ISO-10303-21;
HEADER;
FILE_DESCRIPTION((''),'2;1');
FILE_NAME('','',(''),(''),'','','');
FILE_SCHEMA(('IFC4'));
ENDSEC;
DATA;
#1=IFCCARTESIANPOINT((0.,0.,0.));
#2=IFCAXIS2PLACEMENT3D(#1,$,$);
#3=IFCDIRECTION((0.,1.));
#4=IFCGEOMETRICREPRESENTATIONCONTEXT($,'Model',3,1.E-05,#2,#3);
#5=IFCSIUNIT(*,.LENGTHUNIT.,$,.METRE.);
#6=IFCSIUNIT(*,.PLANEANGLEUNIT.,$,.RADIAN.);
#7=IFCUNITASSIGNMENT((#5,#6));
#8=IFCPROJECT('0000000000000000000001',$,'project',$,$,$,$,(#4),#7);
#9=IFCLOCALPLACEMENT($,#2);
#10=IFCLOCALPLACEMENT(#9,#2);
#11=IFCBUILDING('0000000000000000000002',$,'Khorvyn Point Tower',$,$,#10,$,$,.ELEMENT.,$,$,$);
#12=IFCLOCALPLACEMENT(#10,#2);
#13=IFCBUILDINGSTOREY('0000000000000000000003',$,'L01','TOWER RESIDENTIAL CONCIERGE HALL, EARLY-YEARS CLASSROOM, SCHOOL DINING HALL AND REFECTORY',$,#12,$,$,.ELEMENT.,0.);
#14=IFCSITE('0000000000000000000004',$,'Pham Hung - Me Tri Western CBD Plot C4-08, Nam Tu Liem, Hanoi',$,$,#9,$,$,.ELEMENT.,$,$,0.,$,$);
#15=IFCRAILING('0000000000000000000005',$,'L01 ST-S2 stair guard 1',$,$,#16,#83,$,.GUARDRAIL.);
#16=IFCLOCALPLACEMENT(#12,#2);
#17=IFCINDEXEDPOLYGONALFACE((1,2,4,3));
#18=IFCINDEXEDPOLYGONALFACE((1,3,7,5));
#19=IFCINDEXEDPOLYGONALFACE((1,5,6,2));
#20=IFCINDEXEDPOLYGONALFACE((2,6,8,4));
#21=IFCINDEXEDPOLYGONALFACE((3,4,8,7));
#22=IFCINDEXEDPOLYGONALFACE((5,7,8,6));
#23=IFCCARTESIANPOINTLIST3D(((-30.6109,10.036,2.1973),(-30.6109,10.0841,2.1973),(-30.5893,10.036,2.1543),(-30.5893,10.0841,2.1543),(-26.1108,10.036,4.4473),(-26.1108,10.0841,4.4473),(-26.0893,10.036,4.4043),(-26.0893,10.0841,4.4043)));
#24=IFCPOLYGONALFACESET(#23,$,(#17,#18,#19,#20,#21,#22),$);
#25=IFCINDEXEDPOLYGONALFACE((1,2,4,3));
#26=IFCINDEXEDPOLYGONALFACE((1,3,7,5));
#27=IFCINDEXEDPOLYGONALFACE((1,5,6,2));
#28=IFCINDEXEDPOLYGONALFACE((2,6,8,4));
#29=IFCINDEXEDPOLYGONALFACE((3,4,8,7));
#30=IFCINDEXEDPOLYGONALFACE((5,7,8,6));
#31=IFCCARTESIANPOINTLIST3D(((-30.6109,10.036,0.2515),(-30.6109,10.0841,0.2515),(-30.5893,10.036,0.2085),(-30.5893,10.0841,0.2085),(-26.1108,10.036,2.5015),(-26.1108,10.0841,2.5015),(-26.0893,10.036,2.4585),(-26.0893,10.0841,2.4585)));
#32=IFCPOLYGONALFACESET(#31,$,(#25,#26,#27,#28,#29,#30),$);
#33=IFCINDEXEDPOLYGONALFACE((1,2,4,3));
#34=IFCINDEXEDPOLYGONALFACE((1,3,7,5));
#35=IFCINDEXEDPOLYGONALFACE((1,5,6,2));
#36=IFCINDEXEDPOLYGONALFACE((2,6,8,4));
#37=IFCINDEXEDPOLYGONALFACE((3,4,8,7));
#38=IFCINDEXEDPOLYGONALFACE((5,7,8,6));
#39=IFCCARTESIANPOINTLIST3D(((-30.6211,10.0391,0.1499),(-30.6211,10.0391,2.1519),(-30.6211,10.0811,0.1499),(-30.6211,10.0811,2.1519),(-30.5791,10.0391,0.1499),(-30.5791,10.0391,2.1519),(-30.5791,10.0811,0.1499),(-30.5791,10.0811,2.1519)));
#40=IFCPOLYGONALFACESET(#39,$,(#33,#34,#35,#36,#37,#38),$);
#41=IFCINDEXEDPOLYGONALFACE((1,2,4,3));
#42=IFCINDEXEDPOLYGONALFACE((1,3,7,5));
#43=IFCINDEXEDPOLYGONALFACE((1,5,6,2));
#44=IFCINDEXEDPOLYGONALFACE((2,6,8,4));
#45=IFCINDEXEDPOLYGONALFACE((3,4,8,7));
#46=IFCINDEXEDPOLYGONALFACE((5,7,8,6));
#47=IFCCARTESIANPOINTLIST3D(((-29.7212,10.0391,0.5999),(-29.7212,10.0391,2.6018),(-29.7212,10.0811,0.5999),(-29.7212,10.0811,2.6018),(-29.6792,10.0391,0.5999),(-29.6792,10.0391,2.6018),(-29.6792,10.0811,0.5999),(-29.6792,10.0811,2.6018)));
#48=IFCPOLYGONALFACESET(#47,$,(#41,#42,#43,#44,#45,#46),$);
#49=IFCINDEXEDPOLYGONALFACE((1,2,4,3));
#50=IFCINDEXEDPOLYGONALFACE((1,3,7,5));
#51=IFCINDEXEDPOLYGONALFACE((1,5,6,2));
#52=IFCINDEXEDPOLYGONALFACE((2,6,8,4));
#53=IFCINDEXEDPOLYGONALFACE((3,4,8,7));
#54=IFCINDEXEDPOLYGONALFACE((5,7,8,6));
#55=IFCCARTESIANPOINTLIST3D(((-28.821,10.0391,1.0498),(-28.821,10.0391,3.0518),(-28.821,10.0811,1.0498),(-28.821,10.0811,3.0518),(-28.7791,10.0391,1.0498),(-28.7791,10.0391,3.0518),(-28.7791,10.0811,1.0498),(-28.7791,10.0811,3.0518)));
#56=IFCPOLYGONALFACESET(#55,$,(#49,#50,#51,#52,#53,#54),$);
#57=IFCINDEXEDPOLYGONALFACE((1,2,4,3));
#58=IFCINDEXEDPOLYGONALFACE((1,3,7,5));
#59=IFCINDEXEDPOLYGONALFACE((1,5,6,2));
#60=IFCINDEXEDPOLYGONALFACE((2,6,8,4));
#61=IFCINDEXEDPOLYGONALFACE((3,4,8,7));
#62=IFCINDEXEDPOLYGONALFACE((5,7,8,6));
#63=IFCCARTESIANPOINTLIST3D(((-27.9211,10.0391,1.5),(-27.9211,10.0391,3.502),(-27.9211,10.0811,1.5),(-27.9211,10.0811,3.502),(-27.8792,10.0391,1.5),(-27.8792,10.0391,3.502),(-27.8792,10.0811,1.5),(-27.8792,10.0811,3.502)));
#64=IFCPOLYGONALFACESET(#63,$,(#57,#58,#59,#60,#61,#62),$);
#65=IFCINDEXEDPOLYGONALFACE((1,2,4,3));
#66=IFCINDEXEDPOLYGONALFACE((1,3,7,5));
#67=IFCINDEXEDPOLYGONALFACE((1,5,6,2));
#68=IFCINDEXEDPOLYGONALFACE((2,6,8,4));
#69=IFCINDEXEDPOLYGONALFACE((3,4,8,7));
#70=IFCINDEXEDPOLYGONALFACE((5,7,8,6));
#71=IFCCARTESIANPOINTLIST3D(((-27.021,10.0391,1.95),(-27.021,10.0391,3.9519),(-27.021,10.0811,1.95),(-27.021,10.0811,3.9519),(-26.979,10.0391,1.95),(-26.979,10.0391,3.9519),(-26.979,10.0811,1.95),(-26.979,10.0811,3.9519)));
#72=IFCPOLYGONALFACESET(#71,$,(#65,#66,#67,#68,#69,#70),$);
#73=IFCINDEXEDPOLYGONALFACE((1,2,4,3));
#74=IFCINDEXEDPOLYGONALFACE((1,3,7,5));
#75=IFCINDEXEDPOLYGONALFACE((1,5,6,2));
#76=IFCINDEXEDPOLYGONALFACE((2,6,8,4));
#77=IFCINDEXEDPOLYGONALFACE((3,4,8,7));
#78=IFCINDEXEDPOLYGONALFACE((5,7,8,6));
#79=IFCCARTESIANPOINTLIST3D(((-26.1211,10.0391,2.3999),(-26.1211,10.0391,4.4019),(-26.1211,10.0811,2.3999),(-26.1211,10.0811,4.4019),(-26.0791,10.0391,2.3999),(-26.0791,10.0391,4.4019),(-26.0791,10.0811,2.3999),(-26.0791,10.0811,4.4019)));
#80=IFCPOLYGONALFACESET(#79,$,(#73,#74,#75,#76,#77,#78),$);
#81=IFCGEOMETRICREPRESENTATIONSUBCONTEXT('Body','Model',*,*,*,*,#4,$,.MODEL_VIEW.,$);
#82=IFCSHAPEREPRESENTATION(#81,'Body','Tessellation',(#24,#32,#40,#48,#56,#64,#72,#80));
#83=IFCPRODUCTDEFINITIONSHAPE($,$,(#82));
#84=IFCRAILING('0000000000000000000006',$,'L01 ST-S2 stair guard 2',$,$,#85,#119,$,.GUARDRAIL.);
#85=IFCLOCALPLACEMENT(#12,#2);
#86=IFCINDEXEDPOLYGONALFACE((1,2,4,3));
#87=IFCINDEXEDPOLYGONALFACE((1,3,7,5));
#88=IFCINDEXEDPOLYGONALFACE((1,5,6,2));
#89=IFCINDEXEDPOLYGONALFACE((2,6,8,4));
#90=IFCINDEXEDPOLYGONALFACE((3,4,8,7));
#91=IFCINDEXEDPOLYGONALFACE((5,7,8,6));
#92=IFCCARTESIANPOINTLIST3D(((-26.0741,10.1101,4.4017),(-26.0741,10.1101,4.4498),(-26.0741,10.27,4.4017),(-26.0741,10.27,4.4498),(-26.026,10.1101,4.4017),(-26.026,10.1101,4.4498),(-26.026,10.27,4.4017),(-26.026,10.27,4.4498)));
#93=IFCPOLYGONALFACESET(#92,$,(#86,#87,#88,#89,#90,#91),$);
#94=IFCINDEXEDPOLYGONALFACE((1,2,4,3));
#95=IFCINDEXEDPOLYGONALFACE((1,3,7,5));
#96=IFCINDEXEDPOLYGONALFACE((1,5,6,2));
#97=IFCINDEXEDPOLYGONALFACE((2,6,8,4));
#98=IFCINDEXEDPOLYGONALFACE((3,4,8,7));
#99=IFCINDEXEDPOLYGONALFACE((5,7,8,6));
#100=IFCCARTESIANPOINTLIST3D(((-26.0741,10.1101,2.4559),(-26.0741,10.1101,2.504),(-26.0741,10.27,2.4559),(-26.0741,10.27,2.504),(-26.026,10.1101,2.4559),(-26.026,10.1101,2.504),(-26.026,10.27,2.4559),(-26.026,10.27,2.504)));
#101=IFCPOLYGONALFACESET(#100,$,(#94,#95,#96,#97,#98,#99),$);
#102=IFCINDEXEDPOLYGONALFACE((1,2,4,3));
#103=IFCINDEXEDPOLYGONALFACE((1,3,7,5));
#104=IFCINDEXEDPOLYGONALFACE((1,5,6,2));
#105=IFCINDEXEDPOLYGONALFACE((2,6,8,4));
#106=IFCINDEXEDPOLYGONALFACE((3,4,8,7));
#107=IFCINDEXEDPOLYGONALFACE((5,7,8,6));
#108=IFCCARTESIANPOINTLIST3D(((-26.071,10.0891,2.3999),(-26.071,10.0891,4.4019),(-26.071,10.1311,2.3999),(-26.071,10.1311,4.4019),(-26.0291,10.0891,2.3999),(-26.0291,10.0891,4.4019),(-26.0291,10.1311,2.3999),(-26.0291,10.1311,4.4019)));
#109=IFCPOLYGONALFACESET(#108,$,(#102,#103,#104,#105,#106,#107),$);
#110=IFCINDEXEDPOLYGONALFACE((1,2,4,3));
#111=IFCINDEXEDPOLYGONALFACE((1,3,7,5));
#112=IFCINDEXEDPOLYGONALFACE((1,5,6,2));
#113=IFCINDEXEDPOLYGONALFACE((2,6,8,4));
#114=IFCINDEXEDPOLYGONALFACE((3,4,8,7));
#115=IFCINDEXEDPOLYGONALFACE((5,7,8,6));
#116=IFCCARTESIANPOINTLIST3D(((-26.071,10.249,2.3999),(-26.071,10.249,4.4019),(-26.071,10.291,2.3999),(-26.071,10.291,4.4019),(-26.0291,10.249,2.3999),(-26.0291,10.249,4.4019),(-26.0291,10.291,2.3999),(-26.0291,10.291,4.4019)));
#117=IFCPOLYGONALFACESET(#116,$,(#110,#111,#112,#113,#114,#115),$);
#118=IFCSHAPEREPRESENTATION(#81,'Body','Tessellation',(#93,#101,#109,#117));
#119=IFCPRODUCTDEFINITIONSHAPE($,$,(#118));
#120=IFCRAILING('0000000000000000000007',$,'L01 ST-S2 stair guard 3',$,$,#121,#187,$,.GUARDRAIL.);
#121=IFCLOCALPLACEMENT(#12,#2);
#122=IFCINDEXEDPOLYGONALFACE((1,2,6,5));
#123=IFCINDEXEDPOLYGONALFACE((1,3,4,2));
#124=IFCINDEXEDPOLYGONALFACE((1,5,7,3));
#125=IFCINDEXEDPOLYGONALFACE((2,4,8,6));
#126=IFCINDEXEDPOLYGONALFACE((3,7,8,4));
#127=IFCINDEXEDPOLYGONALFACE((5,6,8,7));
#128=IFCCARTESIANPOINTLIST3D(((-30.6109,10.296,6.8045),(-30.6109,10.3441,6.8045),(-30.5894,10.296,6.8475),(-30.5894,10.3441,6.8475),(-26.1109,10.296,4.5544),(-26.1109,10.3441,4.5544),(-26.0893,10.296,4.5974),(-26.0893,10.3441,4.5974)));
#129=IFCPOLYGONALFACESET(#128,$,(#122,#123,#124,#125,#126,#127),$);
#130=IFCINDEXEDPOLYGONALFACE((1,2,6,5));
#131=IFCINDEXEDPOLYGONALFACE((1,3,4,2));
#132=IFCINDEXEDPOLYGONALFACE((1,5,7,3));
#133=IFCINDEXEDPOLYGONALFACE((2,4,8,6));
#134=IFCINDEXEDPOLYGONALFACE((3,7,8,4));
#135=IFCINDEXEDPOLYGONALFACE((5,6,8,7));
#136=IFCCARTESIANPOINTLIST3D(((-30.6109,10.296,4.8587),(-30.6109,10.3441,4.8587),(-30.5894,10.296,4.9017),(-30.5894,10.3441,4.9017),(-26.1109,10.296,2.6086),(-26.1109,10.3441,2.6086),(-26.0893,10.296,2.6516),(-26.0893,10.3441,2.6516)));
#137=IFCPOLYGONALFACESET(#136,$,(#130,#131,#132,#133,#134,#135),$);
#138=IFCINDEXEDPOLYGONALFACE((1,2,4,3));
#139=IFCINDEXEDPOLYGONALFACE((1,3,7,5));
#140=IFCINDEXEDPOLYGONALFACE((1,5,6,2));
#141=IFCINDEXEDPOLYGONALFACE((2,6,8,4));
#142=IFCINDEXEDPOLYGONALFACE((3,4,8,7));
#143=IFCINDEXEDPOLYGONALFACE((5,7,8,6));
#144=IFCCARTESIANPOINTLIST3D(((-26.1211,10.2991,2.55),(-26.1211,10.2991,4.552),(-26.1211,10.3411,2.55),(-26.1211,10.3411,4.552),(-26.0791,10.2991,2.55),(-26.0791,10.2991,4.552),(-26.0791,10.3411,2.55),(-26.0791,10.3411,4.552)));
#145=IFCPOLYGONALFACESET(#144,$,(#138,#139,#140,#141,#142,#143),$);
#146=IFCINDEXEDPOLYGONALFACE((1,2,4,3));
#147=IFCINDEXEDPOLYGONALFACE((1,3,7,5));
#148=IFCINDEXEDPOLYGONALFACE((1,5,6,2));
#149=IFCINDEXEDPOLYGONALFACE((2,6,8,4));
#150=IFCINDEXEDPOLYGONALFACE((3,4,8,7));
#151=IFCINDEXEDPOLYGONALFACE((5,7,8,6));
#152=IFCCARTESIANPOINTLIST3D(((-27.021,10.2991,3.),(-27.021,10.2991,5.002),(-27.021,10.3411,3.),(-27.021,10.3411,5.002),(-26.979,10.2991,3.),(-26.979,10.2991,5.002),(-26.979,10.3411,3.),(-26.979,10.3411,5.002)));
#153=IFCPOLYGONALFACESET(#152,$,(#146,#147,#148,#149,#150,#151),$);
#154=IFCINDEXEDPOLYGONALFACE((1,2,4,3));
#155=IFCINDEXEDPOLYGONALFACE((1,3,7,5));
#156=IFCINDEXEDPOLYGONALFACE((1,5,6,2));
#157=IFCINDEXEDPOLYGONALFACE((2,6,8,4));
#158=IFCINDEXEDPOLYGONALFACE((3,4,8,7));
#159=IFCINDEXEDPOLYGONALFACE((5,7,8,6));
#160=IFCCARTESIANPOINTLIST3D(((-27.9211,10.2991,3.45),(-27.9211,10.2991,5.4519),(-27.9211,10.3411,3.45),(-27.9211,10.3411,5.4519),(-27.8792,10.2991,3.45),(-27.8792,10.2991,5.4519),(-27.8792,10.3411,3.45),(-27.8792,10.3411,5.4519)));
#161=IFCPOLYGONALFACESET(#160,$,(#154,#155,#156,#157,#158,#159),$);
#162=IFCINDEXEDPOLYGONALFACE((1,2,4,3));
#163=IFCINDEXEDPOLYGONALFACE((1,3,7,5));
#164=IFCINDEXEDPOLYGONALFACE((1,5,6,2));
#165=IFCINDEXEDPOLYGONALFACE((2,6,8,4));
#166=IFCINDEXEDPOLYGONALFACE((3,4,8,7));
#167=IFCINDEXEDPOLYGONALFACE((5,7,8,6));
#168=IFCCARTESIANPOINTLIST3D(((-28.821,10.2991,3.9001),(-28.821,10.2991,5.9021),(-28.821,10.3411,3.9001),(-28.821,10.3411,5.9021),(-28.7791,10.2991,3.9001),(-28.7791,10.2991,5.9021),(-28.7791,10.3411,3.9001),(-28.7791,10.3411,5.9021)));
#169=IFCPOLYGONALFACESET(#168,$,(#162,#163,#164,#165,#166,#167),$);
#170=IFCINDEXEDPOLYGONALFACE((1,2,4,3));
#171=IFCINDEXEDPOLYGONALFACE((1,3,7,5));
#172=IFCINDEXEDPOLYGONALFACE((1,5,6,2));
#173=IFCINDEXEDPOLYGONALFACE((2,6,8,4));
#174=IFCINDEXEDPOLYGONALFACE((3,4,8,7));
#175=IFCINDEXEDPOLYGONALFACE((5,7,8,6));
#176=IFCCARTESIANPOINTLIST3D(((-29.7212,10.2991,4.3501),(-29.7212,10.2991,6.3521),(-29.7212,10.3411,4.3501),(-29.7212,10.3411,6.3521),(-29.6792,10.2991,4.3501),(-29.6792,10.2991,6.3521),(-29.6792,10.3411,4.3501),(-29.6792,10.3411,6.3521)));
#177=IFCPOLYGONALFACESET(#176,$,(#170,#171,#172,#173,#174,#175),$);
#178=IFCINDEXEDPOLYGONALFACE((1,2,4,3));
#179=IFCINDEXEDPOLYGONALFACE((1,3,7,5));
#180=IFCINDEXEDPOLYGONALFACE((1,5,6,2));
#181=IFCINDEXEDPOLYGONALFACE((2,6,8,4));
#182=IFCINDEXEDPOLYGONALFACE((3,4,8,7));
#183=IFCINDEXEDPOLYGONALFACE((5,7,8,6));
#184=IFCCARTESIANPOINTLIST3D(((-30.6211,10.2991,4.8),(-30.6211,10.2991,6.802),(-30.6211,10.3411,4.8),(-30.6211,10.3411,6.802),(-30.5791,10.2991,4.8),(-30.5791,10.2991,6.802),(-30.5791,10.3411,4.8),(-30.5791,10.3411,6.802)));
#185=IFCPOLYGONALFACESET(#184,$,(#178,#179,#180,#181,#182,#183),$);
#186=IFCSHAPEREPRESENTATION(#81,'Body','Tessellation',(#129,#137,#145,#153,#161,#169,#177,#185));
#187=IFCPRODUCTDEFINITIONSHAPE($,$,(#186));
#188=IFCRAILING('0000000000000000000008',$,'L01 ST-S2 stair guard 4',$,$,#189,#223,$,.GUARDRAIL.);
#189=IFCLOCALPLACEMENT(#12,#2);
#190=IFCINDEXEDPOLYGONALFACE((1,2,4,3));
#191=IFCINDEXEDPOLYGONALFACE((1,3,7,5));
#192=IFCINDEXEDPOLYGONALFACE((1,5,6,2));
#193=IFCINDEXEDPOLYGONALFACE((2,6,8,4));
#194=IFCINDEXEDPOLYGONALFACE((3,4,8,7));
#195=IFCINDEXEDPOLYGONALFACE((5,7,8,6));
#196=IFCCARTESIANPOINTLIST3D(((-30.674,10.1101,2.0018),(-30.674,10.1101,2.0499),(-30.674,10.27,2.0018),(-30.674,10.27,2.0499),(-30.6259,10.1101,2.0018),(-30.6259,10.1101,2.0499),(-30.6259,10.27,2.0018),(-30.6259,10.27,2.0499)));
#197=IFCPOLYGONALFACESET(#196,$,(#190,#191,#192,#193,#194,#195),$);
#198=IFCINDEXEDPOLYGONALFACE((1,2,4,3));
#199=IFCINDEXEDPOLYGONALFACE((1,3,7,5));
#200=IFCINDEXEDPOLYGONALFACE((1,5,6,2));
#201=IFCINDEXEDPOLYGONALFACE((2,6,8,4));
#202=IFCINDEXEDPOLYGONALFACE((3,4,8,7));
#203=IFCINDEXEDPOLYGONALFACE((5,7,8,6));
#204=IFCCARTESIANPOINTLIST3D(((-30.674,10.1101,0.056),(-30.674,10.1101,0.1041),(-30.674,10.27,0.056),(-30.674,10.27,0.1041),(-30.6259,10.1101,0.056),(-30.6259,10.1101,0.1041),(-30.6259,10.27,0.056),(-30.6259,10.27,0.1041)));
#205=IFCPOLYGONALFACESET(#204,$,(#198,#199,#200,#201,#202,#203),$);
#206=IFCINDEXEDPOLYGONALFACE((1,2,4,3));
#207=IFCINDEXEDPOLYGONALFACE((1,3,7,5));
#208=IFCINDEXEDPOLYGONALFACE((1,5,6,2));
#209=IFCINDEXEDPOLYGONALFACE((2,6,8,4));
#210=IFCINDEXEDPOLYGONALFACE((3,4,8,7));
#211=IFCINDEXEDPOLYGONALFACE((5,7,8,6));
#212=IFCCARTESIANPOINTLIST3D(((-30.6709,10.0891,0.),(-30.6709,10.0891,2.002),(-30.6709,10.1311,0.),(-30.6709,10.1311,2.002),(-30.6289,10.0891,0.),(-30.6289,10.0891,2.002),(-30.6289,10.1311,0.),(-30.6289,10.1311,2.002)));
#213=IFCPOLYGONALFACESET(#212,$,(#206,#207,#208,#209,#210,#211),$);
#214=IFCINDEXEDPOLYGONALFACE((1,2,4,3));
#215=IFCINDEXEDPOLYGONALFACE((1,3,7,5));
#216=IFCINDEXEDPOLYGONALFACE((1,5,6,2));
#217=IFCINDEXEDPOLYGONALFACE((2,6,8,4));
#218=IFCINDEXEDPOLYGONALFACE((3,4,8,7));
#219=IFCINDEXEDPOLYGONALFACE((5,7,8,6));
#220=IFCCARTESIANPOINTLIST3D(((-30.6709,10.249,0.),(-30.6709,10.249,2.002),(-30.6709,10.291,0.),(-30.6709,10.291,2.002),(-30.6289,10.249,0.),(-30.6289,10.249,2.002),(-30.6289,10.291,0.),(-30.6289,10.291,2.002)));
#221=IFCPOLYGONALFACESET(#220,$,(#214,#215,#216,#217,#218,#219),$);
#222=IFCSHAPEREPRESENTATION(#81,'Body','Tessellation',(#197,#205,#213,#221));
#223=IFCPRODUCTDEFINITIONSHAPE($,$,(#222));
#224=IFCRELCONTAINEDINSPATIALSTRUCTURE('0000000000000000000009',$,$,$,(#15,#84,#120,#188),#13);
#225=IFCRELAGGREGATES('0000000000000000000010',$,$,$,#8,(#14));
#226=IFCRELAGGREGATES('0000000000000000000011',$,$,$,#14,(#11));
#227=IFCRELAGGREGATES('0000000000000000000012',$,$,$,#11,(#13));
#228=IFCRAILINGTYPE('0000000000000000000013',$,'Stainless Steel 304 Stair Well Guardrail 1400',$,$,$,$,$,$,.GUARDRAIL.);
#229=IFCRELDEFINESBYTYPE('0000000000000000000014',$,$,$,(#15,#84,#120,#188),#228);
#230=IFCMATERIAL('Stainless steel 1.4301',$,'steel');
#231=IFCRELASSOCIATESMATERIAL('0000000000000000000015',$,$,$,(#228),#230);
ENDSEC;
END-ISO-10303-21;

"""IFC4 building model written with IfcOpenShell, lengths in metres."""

from ifc_helpers import new_model, si_unit, direction, frame, origin, origin_2d, place, context, subcontext, project, spatial, rectangle, extrude, material, type_object, element, save


model = new_model("IFC4")

# Units and contexts
model_context = context("Model", 3, precision=1e-05, world=origin(), true_north=direction((0.0, 1.0)))
body_context = subcontext(model_context, "Body", "Model", "MODEL_VIEW")
ifc_project = project(units=[si_unit("LENGTHUNIT", "METRE"), si_unit("PLANEANGLEUNIT", "RADIAN")], contexts=[model_context])

# Site, building, storey
site_placement = place(None, origin())
site = spatial("IfcSite", under=ifc_project, at=site_placement, Name="Pham Hung - Me Tri Western CBD Plot C4-08, Nam Tu Liem, Hanoi", CompositionType="ELEMENT", RefElevation=0.0)
building_placement = place(site_placement, origin())
building = spatial("IfcBuilding", under=site, at=building_placement, Name="Khorvyn Point Tower", CompositionType="ELEMENT")
storey_placement = place(building_placement, origin())
storey = spatial("IfcBuildingStorey", under=building, at=storey_placement, Name="L01", Description="TOWER RESIDENTIAL CONCIERGE HALL, EARLY-YEARS CLASSROOM, SCHOOL DINING HALL AND REFECTORY", CompositionType="ELEMENT", Elevation=0.0)

# Railings
ifc_material_1 = material(Name="Stainless steel 1.4301", Category="steel")
railing_type_1 = type_object("IfcRailingType", Name="Stainless Steel 304 Stair Well Guardrail 1400", PredefinedType="GUARDRAIL", material=ifc_material_1)
railing_1_placement = place(storey_placement, frame((-30.6001, 10.0601, 0.1499)))
element("IfcRailing", 1, at=railing_1_placement, inside=storey, type_object=railing_type_1, Name="L01 ST-S2 stair guard 1", PredefinedType="GUARDRAIL", context=body_context, shape_type="SweptSolid", body=[
    extrude(rectangle(XDim=0.0481, YDim=0.0481, at=origin_2d()), frame((0.0, 0.0, 2.0259), z_axis=(0.894427, 0.0, 0.447214), x_axis=(0.0, 1.0, 0.0)), (0.0, 0.0, 1.0), 5.0312),
    extrude(rectangle(XDim=0.0481, YDim=0.0481, at=origin_2d()), frame((0.0, 0.0, 0.0801), z_axis=(0.894427, 0.0, 0.447214), x_axis=(0.0, 1.0, 0.0)), (0.0, 0.0, 1.0), 5.0312),
    extrude(rectangle(XDim=0.042, YDim=0.042, at=origin_2d()), origin(), (0.0, 0.0, 1.0), 2.002),
    extrude(rectangle(XDim=0.042, YDim=0.042, at=origin_2d()), frame((0.8999, 0.0, 0.45)), (0.0, 0.0, 1.0), 2.002),
    extrude(rectangle(XDim=0.042, YDim=0.042, at=origin_2d()), frame((1.8, 0.0, 0.8999)), (0.0, 0.0, 1.0), 2.002),
    extrude(rectangle(XDim=0.042, YDim=0.042, at=origin_2d()), frame((2.7, 0.0, 1.3501)), (0.0, 0.0, 1.0), 2.002),
    extrude(rectangle(XDim=0.042, YDim=0.042, at=origin_2d()), frame((3.6001, 0.0, 1.8)), (0.0, 0.0, 1.0), 2.002),
    extrude(rectangle(XDim=0.042, YDim=0.042, at=origin_2d()), frame((4.5, 0.0, 2.25)), (0.0, 0.0, 1.0), 2.002),
])
railing_2_placement = place(storey_placement, frame((-26.05, 10.1101, 2.3999)))
element("IfcRailing", 2, at=railing_2_placement, inside=storey, type_object=railing_type_1, Name="L01 ST-S2 stair guard 2", PredefinedType="GUARDRAIL", context=body_context, shape_type="SweptSolid", body=[
    extrude(rectangle(XDim=0.0481, YDim=0.0481, at=origin_2d()), frame((0.0, 0.0, 2.0259), z_axis=(0.0, 1.0, 0.0), x_axis=(-1.0, 0.0, 0.0)), (0.0, 0.0, 1.0), 0.1599),
    extrude(rectangle(XDim=0.0481, YDim=0.0481, at=origin_2d()), frame((0.0, 0.0, 0.0801), z_axis=(0.0, 1.0, 0.0), x_axis=(-1.0, 0.0, 0.0)), (0.0, 0.0, 1.0), 0.1599),
    extrude(rectangle(XDim=0.042, YDim=0.042, at=origin_2d()), origin(), (0.0, 0.0, 1.0), 2.002),
    extrude(rectangle(XDim=0.042, YDim=0.042, at=origin_2d()), frame((0.0, 0.1599, 0.0)), (0.0, 0.0, 1.0), 2.002),
])
railing_3_placement = place(storey_placement, frame((-26.1001, 10.3201, 2.55)))
element("IfcRailing", 3, at=railing_3_placement, inside=storey, type_object=railing_type_1, Name="L01 ST-S2 stair guard 3", PredefinedType="GUARDRAIL", context=body_context, shape_type="SweptSolid", body=[
    extrude(rectangle(XDim=0.0481, YDim=0.0481, at=origin_2d()), frame((0.0, 0.0, 2.0259), z_axis=(-0.894427, 0.0, 0.447214), x_axis=(0.0, -1.0, 0.0)), (0.0, 0.0, 1.0), 5.0312),
    extrude(rectangle(XDim=0.0481, YDim=0.0481, at=origin_2d()), frame((0.0, 0.0, 0.0801), z_axis=(-0.894427, 0.0, 0.447214), x_axis=(0.0, -1.0, 0.0)), (0.0, 0.0, 1.0), 5.0312),
    extrude(rectangle(XDim=0.042, YDim=0.042, at=origin_2d()), origin(), (0.0, 0.0, 1.0), 2.002),
    extrude(rectangle(XDim=0.042, YDim=0.042, at=origin_2d()), frame((-0.8999, 0.0, 0.45)), (0.0, 0.0, 1.0), 2.002),
    extrude(rectangle(XDim=0.042, YDim=0.042, at=origin_2d()), frame((-1.8, 0.0, 0.8999)), (0.0, 0.0, 1.0), 2.002),
    extrude(rectangle(XDim=0.042, YDim=0.042, at=origin_2d()), frame((-2.7, 0.0, 1.3501)), (0.0, 0.0, 1.0), 2.002),
    extrude(rectangle(XDim=0.042, YDim=0.042, at=origin_2d()), frame((-3.6001, 0.0, 1.8)), (0.0, 0.0, 1.0), 2.002),
    extrude(rectangle(XDim=0.042, YDim=0.042, at=origin_2d()), frame((-4.5, 0.0, 2.25)), (0.0, 0.0, 1.0), 2.002),
])
railing_4_placement = place(storey_placement, frame((-30.6499, 10.1101, 0.0)))
element("IfcRailing", 4, at=railing_4_placement, inside=storey, type_object=railing_type_1, Name="L01 ST-S2 stair guard 4", PredefinedType="GUARDRAIL", context=body_context, shape_type="SweptSolid", body=[
    extrude(rectangle(XDim=0.0481, YDim=0.0481, at=origin_2d()), frame((0.0, 0.0, 2.0259), z_axis=(0.0, 1.0, 0.0), x_axis=(-1.0, 0.0, 0.0)), (0.0, 0.0, 1.0), 0.1599),
    extrude(rectangle(XDim=0.0481, YDim=0.0481, at=origin_2d()), frame((0.0, 0.0, 0.0801), z_axis=(0.0, 1.0, 0.0), x_axis=(-1.0, 0.0, 0.0)), (0.0, 0.0, 1.0), 0.1599),
    extrude(rectangle(XDim=0.042, YDim=0.042, at=origin_2d()), origin(), (0.0, 0.0, 1.0), 2.002),
    extrude(rectangle(XDim=0.042, YDim=0.042, at=origin_2d()), frame((0.0, 0.1599, 0.0)), (0.0, 0.0, 1.0), 2.002),
])

save(model, "model.ifc")
